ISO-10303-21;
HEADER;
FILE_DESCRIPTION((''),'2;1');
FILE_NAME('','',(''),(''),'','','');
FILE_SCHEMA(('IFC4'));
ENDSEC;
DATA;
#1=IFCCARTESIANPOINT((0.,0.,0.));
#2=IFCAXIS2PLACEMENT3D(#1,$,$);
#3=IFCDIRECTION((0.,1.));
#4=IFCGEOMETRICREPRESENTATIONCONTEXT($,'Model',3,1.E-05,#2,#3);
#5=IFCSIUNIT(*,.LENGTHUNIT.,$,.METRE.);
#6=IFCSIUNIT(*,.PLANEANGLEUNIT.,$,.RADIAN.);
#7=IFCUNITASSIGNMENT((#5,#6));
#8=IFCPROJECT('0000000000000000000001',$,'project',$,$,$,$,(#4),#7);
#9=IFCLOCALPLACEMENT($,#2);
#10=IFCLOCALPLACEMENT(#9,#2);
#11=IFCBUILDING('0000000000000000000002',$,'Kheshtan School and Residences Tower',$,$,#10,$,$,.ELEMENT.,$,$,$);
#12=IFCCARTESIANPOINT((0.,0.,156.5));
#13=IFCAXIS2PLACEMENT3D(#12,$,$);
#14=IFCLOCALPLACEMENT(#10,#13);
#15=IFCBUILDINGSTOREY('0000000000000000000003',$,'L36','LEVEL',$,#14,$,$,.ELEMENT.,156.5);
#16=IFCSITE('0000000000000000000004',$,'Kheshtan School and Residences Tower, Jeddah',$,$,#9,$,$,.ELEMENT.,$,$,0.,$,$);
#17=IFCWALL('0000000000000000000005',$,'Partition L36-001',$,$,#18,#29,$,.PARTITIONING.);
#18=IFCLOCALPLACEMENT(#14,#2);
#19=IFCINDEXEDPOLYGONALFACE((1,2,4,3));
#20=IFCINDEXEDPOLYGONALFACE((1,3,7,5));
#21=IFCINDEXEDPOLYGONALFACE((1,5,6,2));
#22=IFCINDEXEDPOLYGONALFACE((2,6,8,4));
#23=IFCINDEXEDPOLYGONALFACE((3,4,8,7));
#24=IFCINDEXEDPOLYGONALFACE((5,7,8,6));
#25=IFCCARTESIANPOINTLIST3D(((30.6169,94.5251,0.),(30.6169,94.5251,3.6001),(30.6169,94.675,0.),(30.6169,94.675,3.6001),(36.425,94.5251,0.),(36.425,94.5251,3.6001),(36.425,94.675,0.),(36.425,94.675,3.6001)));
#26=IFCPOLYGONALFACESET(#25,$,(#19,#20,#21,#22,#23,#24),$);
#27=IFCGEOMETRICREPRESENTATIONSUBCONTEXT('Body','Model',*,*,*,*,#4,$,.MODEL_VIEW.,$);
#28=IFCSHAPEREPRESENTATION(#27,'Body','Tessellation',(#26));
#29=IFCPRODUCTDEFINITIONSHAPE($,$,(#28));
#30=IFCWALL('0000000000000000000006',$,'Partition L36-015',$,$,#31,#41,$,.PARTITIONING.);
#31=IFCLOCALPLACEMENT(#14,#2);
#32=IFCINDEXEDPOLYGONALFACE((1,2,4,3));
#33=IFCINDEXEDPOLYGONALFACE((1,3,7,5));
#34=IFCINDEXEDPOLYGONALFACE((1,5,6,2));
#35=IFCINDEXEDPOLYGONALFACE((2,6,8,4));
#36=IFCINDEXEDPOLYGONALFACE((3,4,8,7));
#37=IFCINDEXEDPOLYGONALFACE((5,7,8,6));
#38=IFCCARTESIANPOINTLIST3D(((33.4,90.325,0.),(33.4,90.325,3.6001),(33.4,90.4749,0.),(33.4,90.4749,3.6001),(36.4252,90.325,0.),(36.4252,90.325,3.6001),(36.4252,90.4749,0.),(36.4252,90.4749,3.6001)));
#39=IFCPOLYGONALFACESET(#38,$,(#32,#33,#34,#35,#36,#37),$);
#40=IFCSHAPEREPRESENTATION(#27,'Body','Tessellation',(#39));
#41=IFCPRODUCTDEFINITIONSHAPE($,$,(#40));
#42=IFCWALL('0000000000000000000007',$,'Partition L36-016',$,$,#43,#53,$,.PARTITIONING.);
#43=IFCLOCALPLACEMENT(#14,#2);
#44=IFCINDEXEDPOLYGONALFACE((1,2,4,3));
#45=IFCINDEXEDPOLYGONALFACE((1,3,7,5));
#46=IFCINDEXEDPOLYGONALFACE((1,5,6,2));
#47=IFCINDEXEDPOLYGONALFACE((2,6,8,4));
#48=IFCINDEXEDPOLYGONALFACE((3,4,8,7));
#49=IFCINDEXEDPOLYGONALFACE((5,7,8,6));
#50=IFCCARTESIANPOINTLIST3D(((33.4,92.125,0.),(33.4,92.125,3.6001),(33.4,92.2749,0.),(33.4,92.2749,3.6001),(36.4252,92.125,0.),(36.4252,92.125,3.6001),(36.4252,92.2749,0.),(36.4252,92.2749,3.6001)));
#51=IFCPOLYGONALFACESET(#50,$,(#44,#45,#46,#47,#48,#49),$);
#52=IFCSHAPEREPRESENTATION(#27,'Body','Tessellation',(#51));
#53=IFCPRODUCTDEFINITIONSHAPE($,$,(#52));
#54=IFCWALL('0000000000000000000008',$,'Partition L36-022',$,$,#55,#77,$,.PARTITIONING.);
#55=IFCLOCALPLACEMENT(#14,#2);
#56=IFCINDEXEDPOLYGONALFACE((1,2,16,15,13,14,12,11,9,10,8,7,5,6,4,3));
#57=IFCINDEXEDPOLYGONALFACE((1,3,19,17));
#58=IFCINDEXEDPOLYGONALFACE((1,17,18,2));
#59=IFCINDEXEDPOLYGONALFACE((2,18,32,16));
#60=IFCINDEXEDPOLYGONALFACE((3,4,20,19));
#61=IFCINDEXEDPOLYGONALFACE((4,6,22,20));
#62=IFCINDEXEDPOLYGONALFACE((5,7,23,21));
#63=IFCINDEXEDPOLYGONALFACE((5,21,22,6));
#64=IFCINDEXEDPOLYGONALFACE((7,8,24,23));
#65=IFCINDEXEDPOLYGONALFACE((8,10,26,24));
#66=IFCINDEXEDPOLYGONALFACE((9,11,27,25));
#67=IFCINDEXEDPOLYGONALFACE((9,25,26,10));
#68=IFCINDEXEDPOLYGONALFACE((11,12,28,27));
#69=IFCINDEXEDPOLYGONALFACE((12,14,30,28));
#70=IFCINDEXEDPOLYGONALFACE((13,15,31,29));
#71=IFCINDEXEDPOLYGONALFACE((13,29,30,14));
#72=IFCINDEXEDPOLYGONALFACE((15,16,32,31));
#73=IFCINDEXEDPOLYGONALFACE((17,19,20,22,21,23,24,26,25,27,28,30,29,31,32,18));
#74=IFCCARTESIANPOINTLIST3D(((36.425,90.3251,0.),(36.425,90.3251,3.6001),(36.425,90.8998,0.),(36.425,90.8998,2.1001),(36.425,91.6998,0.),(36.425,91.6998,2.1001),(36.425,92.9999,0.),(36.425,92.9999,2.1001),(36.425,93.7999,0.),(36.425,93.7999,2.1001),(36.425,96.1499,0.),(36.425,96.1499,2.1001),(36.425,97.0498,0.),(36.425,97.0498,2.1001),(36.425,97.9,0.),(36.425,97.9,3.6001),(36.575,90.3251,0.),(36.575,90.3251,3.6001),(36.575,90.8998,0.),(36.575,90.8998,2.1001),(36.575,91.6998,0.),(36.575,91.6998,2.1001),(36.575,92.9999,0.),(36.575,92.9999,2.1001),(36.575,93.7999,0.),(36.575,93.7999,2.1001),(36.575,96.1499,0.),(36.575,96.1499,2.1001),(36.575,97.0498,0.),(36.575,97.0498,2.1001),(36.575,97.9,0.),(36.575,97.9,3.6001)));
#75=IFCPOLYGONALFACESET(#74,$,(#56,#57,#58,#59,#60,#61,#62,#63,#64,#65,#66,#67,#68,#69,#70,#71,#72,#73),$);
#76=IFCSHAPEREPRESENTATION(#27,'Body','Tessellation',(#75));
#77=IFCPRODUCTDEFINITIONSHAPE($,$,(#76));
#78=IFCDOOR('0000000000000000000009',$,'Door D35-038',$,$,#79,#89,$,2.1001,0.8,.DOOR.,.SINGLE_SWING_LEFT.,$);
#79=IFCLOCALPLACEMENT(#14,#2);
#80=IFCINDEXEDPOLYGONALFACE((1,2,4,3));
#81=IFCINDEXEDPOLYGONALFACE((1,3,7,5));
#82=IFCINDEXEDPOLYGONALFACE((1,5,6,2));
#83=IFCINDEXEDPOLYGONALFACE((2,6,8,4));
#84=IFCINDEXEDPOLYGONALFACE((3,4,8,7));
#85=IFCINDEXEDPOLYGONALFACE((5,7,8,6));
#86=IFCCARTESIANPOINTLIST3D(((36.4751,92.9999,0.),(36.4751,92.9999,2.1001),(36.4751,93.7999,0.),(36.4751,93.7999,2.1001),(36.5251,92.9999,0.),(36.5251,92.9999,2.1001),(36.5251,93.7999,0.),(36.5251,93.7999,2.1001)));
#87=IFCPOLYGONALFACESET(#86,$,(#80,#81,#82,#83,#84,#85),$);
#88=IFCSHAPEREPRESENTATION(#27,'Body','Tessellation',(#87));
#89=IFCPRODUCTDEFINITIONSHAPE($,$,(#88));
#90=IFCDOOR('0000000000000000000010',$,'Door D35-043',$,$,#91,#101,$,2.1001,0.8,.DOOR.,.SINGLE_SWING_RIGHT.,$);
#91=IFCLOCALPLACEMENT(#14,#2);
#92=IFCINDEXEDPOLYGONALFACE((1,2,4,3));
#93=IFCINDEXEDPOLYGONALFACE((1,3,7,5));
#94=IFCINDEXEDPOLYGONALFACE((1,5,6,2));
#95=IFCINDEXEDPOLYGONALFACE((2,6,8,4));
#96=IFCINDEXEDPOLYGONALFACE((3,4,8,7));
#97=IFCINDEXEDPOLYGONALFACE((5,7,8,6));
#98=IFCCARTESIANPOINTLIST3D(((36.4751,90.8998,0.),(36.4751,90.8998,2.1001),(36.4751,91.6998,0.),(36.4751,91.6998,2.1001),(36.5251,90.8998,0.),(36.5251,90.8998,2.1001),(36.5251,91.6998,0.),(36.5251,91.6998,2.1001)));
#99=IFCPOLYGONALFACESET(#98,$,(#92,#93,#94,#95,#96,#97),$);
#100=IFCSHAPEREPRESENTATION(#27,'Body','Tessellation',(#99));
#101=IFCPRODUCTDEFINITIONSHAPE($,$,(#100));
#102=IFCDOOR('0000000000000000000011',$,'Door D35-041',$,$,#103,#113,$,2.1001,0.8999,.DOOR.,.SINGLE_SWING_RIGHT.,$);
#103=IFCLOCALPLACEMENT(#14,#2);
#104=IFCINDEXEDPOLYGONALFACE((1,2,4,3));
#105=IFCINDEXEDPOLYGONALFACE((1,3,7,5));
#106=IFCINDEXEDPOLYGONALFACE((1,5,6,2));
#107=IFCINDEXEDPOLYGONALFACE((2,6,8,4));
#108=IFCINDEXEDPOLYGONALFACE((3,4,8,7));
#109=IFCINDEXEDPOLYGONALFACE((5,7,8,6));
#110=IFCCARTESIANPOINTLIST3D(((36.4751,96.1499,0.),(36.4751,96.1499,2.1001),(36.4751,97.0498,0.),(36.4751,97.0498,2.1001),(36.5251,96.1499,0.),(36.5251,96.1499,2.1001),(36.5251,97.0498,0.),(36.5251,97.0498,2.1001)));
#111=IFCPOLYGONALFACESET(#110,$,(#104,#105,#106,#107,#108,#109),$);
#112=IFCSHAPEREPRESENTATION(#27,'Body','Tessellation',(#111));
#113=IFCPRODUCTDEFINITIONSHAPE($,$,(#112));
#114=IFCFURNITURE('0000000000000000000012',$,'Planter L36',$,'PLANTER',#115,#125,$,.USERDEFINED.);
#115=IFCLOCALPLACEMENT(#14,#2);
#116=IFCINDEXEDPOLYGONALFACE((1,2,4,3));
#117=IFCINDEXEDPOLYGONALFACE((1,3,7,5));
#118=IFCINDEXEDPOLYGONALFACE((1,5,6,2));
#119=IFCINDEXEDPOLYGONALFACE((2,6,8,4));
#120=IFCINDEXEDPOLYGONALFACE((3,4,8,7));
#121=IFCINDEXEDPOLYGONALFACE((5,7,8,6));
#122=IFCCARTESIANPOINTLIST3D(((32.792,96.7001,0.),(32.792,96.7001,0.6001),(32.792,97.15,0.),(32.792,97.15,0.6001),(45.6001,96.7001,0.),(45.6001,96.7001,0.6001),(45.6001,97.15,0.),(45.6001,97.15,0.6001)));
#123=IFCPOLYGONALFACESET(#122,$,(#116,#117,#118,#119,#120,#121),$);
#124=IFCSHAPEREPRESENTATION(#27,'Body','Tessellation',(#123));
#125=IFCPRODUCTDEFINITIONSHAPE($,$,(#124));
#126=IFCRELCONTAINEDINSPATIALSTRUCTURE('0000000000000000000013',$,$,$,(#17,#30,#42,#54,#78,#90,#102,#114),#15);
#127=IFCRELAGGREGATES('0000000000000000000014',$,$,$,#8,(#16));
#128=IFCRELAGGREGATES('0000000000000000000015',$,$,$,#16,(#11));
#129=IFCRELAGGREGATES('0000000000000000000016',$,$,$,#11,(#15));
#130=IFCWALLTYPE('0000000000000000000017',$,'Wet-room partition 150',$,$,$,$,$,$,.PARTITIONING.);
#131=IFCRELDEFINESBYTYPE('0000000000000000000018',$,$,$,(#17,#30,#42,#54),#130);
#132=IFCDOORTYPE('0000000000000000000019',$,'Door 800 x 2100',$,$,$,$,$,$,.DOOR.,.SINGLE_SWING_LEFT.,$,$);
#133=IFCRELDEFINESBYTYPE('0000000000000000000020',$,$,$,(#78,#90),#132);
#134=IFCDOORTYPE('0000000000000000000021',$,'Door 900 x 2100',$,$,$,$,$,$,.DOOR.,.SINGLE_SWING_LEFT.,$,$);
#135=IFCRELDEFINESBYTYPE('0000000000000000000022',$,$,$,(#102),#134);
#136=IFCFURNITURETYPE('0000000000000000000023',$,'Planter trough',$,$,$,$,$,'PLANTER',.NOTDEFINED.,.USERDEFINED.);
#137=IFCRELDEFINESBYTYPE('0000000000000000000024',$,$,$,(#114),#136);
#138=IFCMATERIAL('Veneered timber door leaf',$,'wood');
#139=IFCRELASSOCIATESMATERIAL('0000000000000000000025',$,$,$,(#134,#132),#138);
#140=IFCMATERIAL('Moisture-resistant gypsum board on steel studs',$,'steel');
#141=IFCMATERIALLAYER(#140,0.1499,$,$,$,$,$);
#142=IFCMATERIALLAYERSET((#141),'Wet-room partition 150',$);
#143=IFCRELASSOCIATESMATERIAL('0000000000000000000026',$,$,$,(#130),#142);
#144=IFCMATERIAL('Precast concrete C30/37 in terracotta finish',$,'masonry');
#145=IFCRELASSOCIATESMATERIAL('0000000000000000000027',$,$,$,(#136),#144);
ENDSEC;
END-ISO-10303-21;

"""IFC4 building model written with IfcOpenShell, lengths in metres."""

from ifc_helpers import new_model, si_unit, direction, frame, frame_2d, origin, origin_2d, place, context, subcontext, project, spatial, rectangle, extrude, source, transform, mapped, material, layer, layer_set, type_object, element, fill, save


model = new_model("IFC4")

# Units and contexts
model_context = context("Model", 3, precision=1e-05, world=origin(), true_north=direction((0.0, 1.0)))
body_context = subcontext(model_context, "Body", "Model", "MODEL_VIEW")
ifc_project = project(units=[si_unit("LENGTHUNIT", "METRE"), si_unit("PLANEANGLEUNIT", "RADIAN")], contexts=[model_context])

# Site, building, storey
site_placement = place(None, origin())
site = spatial("IfcSite", under=ifc_project, at=site_placement, Name="Kheshtan School and Residences Tower, Jeddah", CompositionType="ELEMENT", RefElevation=0.0)
building_placement = place(site_placement, origin())
building = spatial("IfcBuilding", under=site, at=building_placement, Name="Kheshtan School and Residences Tower", CompositionType="ELEMENT")
storey_placement = place(building_placement, frame((0.0, 0.0, 156.5)))
storey = spatial("IfcBuildingStorey", under=building, at=storey_placement, Name="L36", Description="LEVEL", CompositionType="ELEMENT", Elevation=156.5)

# Shared definitions
ifc_material_1 = material(Name="Veneered timber door leaf", Category="wood")
door_type_1 = type_object("IfcDoorType", Name="Door 900 x 2100", OperationType="SINGLE_SWING_LEFT", PredefinedType="DOOR", material=ifc_material_1)
shared_shape_1 = source(origin(), body_context, "Body", "SweptSolid", [
    extrude(rectangle(XDim=0.8999, YDim=2.1001, at=frame_2d((0.45, 1.05))), frame((0.0, 0.0249, 0.0), z_axis=(0.0, -1.0, 0.0), x_axis=(1.0, 0.0, 0.0)), (0.0, 0.0, 1.0), 0.05),
])

# Walls
ifc_material_2 = material(Name="Moisture-resistant gypsum board on steel studs", Category="steel")
ifc_layer_1 = layer(ifc_material_2, 0.1499)
ifc_layer_set_1 = layer_set([ifc_layer_1], Name="Wet-room partition 150")
wall_type_1 = type_object("IfcWallType", Name="Wet-room partition 150", PredefinedType="PARTITIONING", material=ifc_layer_set_1)
wall_1_placement = place(storey_placement, frame((30.6169, 94.6001, 0.0), z_axis=(0.0, 0.0, 1.0), x_axis=(1.0, 0.0, 0.0)))
element("IfcWall", 1, at=wall_1_placement, inside=storey, type_object=wall_type_1, Name="Partition L36-001", PredefinedType="PARTITIONING", context=body_context, shape_type="SweptSolid", body=[
    extrude(rectangle(XDim=5.8081, YDim=0.1499, at=frame_2d((2.9041, 0.0))), origin(), (0.0, 0.0, 1.0), 3.6001),
])
for number, where, z_axis, x_axis, name in (
    (2, (33.3999, 90.3999, 0.0), (0.0, 0.0, 1.0), (1.0, 0.0, 0.0), "Partition L36-015"),
    (3, (33.3999, 92.2, 0.0), (0.0, 0.0, 1.0), (1.0, 0.0, 0.0), "Partition L36-016"),
):
    element("IfcWall", number, at=place(storey_placement, frame(where, z_axis=z_axis, x_axis=x_axis)), inside=storey, type_object=wall_type_1, Name=name, PredefinedType="PARTITIONING", context=body_context, shape_type="SweptSolid", body=[
        extrude(rectangle(XDim=3.0251, YDim=0.1499, at=frame_2d((1.5127, 0.0))), origin(), (0.0, 0.0, 1.0), 3.6001),
    ])

# Wall, openings, doors
wall_2_placement = place(storey_placement, frame((36.5, 90.325, 0.0), z_axis=(0.0, 0.0, 1.0), x_axis=(0.0, 1.0, 0.0)))
wall_2 = element("IfcWall", 4, at=wall_2_placement, inside=storey, type_object=wall_type_1, Name="Partition L36-022", PredefinedType="PARTITIONING", context=body_context, shape_type="SweptSolid", body=[
    extrude(rectangle(XDim=7.575, YDim=0.1499, at=frame_2d((3.7876, 0.0))), origin(), (0.0, 0.0, 1.0), 3.6001),
])
opening_1_placement = place(wall_2_placement, frame((2.675, 0.0, 0.0)))
opening_1 = element("IfcOpeningElement", 5, at=opening_1_placement, cuts=wall_2, PredefinedType="OPENING", context=body_context, shape_type="SweptSolid", body=[
    extrude(rectangle(XDim=0.8, YDim=2.1001, at=frame_2d((0.3999, 1.05))), frame((0.0, 0.085, 0.0), z_axis=(0.0, -1.0, 0.0), x_axis=(1.0, 0.0, 0.0)), (0.0, 0.0, 1.0), 0.1699),
])
opening_2_placement = place(wall_2_placement, frame((5.825, 0.0, 0.0)))
opening_2 = element("IfcOpeningElement", 6, at=opening_2_placement, cuts=wall_2, PredefinedType="OPENING", context=body_context, shape_type="SweptSolid", body=[
    extrude(rectangle(XDim=0.8999, YDim=2.1001, at=frame_2d((0.45, 1.05))), frame((0.0, 0.085, 0.0), z_axis=(0.0, -1.0, 0.0), x_axis=(1.0, 0.0, 0.0)), (0.0, 0.0, 1.0), 0.1699),
])
opening_3_placement = place(wall_2_placement, frame((0.575, 0.0, 0.0)))
opening_3 = element("IfcOpeningElement", 7, at=opening_3_placement, cuts=wall_2, PredefinedType="OPENING", context=body_context, shape_type="SweptSolid", body=[
    extrude(rectangle(XDim=0.8, YDim=2.1001, at=frame_2d((0.3999, 1.05))), frame((0.0, 0.085, 0.0), z_axis=(0.0, -1.0, 0.0), x_axis=(1.0, 0.0, 0.0)), (0.0, 0.0, 1.0), 0.1699),
])
door_type_2 = type_object("IfcDoorType", Name="Door 800 x 2100", OperationType="SINGLE_SWING_LEFT", PredefinedType="DOOR", material=ifc_material_1)
shared_shape_2 = source(origin(), body_context, "Body", "SweptSolid", [
    extrude(rectangle(XDim=0.8, YDim=2.1001, at=frame_2d((0.3999, 1.05))), frame((0.0, 0.0249, 0.0), z_axis=(0.0, -1.0, 0.0), x_axis=(1.0, 0.0, 0.0)), (0.0, 0.0, 1.0), 0.05),
])
door_1_placement = place(opening_1_placement, origin())
door_1 = element("IfcDoor", 8, at=door_1_placement, inside=storey, type_object=door_type_2, Name="Door D35-038", OperationType="SINGLE_SWING_LEFT", OverallHeight=2.1001, OverallWidth=0.8, PredefinedType="DOOR", context=body_context, shape_type="MappedRepresentation", body=[
    mapped(shared_shape_2, transform((0.0, 0.0, 0.0), x_axis=(1.0, 0.0, 0.0), y_axis=(0.0, 1.0, 0.0), z_axis=(0.0, 0.0, 1.0), scale=1.0)),
])
fill(opening_1, door_1)
door_2_placement = place(opening_3_placement, origin())
door_2 = element("IfcDoor", 9, at=door_2_placement, inside=storey, type_object=door_type_2, Name="Door D35-043", OperationType="SINGLE_SWING_RIGHT", OverallHeight=2.1001, OverallWidth=0.8, PredefinedType="DOOR", context=body_context, shape_type="MappedRepresentation", body=[
    mapped(shared_shape_2, transform((0.0, 0.0, 0.0), x_axis=(1.0, 0.0, 0.0), y_axis=(0.0, 1.0, 0.0), z_axis=(0.0, 0.0, 1.0), scale=1.0)),
])
fill(opening_3, door_2)
door_3_placement = place(opening_2_placement, origin())
door_3 = element("IfcDoor", 10, at=door_3_placement, inside=storey, type_object=door_type_1, Name="Door D35-041", OperationType="SINGLE_SWING_RIGHT", OverallHeight=2.1001, OverallWidth=0.8999, PredefinedType="DOOR", context=body_context, shape_type="MappedRepresentation", body=[
    mapped(shared_shape_1, transform((0.0, 0.0, 0.0), x_axis=(1.0, 0.0, 0.0), y_axis=(0.0, 1.0, 0.0), z_axis=(0.0, 0.0, 1.0), scale=1.0)),
])
fill(opening_2, door_3)

# Furniture
ifc_material_3 = material(Name="Precast concrete C30/37 in terracotta finish", Category="masonry")
furniture_type = type_object("IfcFurnitureType", Name="Planter trough", ElementType="PLANTER", AssemblyPlace="NOTDEFINED", PredefinedType="USERDEFINED", material=ifc_material_3)
furniture_placement = place(storey_placement, frame((39.196, 96.925, 0.0), z_axis=(0.0, 0.0, 1.0), x_axis=(1.0, 0.0, 0.0)))
element("IfcFurniture", 11, at=furniture_placement, inside=storey, type_object=furniture_type, Name="Planter L36", ObjectType="PLANTER", PredefinedType="USERDEFINED", context=body_context, shape_type="SweptSolid", body=[
    extrude(rectangle(XDim=12.8081, YDim=0.45, at=origin_2d()), origin(), (0.0, 0.0, 1.0), 0.6001),
])

save(model, "model.ifc")
